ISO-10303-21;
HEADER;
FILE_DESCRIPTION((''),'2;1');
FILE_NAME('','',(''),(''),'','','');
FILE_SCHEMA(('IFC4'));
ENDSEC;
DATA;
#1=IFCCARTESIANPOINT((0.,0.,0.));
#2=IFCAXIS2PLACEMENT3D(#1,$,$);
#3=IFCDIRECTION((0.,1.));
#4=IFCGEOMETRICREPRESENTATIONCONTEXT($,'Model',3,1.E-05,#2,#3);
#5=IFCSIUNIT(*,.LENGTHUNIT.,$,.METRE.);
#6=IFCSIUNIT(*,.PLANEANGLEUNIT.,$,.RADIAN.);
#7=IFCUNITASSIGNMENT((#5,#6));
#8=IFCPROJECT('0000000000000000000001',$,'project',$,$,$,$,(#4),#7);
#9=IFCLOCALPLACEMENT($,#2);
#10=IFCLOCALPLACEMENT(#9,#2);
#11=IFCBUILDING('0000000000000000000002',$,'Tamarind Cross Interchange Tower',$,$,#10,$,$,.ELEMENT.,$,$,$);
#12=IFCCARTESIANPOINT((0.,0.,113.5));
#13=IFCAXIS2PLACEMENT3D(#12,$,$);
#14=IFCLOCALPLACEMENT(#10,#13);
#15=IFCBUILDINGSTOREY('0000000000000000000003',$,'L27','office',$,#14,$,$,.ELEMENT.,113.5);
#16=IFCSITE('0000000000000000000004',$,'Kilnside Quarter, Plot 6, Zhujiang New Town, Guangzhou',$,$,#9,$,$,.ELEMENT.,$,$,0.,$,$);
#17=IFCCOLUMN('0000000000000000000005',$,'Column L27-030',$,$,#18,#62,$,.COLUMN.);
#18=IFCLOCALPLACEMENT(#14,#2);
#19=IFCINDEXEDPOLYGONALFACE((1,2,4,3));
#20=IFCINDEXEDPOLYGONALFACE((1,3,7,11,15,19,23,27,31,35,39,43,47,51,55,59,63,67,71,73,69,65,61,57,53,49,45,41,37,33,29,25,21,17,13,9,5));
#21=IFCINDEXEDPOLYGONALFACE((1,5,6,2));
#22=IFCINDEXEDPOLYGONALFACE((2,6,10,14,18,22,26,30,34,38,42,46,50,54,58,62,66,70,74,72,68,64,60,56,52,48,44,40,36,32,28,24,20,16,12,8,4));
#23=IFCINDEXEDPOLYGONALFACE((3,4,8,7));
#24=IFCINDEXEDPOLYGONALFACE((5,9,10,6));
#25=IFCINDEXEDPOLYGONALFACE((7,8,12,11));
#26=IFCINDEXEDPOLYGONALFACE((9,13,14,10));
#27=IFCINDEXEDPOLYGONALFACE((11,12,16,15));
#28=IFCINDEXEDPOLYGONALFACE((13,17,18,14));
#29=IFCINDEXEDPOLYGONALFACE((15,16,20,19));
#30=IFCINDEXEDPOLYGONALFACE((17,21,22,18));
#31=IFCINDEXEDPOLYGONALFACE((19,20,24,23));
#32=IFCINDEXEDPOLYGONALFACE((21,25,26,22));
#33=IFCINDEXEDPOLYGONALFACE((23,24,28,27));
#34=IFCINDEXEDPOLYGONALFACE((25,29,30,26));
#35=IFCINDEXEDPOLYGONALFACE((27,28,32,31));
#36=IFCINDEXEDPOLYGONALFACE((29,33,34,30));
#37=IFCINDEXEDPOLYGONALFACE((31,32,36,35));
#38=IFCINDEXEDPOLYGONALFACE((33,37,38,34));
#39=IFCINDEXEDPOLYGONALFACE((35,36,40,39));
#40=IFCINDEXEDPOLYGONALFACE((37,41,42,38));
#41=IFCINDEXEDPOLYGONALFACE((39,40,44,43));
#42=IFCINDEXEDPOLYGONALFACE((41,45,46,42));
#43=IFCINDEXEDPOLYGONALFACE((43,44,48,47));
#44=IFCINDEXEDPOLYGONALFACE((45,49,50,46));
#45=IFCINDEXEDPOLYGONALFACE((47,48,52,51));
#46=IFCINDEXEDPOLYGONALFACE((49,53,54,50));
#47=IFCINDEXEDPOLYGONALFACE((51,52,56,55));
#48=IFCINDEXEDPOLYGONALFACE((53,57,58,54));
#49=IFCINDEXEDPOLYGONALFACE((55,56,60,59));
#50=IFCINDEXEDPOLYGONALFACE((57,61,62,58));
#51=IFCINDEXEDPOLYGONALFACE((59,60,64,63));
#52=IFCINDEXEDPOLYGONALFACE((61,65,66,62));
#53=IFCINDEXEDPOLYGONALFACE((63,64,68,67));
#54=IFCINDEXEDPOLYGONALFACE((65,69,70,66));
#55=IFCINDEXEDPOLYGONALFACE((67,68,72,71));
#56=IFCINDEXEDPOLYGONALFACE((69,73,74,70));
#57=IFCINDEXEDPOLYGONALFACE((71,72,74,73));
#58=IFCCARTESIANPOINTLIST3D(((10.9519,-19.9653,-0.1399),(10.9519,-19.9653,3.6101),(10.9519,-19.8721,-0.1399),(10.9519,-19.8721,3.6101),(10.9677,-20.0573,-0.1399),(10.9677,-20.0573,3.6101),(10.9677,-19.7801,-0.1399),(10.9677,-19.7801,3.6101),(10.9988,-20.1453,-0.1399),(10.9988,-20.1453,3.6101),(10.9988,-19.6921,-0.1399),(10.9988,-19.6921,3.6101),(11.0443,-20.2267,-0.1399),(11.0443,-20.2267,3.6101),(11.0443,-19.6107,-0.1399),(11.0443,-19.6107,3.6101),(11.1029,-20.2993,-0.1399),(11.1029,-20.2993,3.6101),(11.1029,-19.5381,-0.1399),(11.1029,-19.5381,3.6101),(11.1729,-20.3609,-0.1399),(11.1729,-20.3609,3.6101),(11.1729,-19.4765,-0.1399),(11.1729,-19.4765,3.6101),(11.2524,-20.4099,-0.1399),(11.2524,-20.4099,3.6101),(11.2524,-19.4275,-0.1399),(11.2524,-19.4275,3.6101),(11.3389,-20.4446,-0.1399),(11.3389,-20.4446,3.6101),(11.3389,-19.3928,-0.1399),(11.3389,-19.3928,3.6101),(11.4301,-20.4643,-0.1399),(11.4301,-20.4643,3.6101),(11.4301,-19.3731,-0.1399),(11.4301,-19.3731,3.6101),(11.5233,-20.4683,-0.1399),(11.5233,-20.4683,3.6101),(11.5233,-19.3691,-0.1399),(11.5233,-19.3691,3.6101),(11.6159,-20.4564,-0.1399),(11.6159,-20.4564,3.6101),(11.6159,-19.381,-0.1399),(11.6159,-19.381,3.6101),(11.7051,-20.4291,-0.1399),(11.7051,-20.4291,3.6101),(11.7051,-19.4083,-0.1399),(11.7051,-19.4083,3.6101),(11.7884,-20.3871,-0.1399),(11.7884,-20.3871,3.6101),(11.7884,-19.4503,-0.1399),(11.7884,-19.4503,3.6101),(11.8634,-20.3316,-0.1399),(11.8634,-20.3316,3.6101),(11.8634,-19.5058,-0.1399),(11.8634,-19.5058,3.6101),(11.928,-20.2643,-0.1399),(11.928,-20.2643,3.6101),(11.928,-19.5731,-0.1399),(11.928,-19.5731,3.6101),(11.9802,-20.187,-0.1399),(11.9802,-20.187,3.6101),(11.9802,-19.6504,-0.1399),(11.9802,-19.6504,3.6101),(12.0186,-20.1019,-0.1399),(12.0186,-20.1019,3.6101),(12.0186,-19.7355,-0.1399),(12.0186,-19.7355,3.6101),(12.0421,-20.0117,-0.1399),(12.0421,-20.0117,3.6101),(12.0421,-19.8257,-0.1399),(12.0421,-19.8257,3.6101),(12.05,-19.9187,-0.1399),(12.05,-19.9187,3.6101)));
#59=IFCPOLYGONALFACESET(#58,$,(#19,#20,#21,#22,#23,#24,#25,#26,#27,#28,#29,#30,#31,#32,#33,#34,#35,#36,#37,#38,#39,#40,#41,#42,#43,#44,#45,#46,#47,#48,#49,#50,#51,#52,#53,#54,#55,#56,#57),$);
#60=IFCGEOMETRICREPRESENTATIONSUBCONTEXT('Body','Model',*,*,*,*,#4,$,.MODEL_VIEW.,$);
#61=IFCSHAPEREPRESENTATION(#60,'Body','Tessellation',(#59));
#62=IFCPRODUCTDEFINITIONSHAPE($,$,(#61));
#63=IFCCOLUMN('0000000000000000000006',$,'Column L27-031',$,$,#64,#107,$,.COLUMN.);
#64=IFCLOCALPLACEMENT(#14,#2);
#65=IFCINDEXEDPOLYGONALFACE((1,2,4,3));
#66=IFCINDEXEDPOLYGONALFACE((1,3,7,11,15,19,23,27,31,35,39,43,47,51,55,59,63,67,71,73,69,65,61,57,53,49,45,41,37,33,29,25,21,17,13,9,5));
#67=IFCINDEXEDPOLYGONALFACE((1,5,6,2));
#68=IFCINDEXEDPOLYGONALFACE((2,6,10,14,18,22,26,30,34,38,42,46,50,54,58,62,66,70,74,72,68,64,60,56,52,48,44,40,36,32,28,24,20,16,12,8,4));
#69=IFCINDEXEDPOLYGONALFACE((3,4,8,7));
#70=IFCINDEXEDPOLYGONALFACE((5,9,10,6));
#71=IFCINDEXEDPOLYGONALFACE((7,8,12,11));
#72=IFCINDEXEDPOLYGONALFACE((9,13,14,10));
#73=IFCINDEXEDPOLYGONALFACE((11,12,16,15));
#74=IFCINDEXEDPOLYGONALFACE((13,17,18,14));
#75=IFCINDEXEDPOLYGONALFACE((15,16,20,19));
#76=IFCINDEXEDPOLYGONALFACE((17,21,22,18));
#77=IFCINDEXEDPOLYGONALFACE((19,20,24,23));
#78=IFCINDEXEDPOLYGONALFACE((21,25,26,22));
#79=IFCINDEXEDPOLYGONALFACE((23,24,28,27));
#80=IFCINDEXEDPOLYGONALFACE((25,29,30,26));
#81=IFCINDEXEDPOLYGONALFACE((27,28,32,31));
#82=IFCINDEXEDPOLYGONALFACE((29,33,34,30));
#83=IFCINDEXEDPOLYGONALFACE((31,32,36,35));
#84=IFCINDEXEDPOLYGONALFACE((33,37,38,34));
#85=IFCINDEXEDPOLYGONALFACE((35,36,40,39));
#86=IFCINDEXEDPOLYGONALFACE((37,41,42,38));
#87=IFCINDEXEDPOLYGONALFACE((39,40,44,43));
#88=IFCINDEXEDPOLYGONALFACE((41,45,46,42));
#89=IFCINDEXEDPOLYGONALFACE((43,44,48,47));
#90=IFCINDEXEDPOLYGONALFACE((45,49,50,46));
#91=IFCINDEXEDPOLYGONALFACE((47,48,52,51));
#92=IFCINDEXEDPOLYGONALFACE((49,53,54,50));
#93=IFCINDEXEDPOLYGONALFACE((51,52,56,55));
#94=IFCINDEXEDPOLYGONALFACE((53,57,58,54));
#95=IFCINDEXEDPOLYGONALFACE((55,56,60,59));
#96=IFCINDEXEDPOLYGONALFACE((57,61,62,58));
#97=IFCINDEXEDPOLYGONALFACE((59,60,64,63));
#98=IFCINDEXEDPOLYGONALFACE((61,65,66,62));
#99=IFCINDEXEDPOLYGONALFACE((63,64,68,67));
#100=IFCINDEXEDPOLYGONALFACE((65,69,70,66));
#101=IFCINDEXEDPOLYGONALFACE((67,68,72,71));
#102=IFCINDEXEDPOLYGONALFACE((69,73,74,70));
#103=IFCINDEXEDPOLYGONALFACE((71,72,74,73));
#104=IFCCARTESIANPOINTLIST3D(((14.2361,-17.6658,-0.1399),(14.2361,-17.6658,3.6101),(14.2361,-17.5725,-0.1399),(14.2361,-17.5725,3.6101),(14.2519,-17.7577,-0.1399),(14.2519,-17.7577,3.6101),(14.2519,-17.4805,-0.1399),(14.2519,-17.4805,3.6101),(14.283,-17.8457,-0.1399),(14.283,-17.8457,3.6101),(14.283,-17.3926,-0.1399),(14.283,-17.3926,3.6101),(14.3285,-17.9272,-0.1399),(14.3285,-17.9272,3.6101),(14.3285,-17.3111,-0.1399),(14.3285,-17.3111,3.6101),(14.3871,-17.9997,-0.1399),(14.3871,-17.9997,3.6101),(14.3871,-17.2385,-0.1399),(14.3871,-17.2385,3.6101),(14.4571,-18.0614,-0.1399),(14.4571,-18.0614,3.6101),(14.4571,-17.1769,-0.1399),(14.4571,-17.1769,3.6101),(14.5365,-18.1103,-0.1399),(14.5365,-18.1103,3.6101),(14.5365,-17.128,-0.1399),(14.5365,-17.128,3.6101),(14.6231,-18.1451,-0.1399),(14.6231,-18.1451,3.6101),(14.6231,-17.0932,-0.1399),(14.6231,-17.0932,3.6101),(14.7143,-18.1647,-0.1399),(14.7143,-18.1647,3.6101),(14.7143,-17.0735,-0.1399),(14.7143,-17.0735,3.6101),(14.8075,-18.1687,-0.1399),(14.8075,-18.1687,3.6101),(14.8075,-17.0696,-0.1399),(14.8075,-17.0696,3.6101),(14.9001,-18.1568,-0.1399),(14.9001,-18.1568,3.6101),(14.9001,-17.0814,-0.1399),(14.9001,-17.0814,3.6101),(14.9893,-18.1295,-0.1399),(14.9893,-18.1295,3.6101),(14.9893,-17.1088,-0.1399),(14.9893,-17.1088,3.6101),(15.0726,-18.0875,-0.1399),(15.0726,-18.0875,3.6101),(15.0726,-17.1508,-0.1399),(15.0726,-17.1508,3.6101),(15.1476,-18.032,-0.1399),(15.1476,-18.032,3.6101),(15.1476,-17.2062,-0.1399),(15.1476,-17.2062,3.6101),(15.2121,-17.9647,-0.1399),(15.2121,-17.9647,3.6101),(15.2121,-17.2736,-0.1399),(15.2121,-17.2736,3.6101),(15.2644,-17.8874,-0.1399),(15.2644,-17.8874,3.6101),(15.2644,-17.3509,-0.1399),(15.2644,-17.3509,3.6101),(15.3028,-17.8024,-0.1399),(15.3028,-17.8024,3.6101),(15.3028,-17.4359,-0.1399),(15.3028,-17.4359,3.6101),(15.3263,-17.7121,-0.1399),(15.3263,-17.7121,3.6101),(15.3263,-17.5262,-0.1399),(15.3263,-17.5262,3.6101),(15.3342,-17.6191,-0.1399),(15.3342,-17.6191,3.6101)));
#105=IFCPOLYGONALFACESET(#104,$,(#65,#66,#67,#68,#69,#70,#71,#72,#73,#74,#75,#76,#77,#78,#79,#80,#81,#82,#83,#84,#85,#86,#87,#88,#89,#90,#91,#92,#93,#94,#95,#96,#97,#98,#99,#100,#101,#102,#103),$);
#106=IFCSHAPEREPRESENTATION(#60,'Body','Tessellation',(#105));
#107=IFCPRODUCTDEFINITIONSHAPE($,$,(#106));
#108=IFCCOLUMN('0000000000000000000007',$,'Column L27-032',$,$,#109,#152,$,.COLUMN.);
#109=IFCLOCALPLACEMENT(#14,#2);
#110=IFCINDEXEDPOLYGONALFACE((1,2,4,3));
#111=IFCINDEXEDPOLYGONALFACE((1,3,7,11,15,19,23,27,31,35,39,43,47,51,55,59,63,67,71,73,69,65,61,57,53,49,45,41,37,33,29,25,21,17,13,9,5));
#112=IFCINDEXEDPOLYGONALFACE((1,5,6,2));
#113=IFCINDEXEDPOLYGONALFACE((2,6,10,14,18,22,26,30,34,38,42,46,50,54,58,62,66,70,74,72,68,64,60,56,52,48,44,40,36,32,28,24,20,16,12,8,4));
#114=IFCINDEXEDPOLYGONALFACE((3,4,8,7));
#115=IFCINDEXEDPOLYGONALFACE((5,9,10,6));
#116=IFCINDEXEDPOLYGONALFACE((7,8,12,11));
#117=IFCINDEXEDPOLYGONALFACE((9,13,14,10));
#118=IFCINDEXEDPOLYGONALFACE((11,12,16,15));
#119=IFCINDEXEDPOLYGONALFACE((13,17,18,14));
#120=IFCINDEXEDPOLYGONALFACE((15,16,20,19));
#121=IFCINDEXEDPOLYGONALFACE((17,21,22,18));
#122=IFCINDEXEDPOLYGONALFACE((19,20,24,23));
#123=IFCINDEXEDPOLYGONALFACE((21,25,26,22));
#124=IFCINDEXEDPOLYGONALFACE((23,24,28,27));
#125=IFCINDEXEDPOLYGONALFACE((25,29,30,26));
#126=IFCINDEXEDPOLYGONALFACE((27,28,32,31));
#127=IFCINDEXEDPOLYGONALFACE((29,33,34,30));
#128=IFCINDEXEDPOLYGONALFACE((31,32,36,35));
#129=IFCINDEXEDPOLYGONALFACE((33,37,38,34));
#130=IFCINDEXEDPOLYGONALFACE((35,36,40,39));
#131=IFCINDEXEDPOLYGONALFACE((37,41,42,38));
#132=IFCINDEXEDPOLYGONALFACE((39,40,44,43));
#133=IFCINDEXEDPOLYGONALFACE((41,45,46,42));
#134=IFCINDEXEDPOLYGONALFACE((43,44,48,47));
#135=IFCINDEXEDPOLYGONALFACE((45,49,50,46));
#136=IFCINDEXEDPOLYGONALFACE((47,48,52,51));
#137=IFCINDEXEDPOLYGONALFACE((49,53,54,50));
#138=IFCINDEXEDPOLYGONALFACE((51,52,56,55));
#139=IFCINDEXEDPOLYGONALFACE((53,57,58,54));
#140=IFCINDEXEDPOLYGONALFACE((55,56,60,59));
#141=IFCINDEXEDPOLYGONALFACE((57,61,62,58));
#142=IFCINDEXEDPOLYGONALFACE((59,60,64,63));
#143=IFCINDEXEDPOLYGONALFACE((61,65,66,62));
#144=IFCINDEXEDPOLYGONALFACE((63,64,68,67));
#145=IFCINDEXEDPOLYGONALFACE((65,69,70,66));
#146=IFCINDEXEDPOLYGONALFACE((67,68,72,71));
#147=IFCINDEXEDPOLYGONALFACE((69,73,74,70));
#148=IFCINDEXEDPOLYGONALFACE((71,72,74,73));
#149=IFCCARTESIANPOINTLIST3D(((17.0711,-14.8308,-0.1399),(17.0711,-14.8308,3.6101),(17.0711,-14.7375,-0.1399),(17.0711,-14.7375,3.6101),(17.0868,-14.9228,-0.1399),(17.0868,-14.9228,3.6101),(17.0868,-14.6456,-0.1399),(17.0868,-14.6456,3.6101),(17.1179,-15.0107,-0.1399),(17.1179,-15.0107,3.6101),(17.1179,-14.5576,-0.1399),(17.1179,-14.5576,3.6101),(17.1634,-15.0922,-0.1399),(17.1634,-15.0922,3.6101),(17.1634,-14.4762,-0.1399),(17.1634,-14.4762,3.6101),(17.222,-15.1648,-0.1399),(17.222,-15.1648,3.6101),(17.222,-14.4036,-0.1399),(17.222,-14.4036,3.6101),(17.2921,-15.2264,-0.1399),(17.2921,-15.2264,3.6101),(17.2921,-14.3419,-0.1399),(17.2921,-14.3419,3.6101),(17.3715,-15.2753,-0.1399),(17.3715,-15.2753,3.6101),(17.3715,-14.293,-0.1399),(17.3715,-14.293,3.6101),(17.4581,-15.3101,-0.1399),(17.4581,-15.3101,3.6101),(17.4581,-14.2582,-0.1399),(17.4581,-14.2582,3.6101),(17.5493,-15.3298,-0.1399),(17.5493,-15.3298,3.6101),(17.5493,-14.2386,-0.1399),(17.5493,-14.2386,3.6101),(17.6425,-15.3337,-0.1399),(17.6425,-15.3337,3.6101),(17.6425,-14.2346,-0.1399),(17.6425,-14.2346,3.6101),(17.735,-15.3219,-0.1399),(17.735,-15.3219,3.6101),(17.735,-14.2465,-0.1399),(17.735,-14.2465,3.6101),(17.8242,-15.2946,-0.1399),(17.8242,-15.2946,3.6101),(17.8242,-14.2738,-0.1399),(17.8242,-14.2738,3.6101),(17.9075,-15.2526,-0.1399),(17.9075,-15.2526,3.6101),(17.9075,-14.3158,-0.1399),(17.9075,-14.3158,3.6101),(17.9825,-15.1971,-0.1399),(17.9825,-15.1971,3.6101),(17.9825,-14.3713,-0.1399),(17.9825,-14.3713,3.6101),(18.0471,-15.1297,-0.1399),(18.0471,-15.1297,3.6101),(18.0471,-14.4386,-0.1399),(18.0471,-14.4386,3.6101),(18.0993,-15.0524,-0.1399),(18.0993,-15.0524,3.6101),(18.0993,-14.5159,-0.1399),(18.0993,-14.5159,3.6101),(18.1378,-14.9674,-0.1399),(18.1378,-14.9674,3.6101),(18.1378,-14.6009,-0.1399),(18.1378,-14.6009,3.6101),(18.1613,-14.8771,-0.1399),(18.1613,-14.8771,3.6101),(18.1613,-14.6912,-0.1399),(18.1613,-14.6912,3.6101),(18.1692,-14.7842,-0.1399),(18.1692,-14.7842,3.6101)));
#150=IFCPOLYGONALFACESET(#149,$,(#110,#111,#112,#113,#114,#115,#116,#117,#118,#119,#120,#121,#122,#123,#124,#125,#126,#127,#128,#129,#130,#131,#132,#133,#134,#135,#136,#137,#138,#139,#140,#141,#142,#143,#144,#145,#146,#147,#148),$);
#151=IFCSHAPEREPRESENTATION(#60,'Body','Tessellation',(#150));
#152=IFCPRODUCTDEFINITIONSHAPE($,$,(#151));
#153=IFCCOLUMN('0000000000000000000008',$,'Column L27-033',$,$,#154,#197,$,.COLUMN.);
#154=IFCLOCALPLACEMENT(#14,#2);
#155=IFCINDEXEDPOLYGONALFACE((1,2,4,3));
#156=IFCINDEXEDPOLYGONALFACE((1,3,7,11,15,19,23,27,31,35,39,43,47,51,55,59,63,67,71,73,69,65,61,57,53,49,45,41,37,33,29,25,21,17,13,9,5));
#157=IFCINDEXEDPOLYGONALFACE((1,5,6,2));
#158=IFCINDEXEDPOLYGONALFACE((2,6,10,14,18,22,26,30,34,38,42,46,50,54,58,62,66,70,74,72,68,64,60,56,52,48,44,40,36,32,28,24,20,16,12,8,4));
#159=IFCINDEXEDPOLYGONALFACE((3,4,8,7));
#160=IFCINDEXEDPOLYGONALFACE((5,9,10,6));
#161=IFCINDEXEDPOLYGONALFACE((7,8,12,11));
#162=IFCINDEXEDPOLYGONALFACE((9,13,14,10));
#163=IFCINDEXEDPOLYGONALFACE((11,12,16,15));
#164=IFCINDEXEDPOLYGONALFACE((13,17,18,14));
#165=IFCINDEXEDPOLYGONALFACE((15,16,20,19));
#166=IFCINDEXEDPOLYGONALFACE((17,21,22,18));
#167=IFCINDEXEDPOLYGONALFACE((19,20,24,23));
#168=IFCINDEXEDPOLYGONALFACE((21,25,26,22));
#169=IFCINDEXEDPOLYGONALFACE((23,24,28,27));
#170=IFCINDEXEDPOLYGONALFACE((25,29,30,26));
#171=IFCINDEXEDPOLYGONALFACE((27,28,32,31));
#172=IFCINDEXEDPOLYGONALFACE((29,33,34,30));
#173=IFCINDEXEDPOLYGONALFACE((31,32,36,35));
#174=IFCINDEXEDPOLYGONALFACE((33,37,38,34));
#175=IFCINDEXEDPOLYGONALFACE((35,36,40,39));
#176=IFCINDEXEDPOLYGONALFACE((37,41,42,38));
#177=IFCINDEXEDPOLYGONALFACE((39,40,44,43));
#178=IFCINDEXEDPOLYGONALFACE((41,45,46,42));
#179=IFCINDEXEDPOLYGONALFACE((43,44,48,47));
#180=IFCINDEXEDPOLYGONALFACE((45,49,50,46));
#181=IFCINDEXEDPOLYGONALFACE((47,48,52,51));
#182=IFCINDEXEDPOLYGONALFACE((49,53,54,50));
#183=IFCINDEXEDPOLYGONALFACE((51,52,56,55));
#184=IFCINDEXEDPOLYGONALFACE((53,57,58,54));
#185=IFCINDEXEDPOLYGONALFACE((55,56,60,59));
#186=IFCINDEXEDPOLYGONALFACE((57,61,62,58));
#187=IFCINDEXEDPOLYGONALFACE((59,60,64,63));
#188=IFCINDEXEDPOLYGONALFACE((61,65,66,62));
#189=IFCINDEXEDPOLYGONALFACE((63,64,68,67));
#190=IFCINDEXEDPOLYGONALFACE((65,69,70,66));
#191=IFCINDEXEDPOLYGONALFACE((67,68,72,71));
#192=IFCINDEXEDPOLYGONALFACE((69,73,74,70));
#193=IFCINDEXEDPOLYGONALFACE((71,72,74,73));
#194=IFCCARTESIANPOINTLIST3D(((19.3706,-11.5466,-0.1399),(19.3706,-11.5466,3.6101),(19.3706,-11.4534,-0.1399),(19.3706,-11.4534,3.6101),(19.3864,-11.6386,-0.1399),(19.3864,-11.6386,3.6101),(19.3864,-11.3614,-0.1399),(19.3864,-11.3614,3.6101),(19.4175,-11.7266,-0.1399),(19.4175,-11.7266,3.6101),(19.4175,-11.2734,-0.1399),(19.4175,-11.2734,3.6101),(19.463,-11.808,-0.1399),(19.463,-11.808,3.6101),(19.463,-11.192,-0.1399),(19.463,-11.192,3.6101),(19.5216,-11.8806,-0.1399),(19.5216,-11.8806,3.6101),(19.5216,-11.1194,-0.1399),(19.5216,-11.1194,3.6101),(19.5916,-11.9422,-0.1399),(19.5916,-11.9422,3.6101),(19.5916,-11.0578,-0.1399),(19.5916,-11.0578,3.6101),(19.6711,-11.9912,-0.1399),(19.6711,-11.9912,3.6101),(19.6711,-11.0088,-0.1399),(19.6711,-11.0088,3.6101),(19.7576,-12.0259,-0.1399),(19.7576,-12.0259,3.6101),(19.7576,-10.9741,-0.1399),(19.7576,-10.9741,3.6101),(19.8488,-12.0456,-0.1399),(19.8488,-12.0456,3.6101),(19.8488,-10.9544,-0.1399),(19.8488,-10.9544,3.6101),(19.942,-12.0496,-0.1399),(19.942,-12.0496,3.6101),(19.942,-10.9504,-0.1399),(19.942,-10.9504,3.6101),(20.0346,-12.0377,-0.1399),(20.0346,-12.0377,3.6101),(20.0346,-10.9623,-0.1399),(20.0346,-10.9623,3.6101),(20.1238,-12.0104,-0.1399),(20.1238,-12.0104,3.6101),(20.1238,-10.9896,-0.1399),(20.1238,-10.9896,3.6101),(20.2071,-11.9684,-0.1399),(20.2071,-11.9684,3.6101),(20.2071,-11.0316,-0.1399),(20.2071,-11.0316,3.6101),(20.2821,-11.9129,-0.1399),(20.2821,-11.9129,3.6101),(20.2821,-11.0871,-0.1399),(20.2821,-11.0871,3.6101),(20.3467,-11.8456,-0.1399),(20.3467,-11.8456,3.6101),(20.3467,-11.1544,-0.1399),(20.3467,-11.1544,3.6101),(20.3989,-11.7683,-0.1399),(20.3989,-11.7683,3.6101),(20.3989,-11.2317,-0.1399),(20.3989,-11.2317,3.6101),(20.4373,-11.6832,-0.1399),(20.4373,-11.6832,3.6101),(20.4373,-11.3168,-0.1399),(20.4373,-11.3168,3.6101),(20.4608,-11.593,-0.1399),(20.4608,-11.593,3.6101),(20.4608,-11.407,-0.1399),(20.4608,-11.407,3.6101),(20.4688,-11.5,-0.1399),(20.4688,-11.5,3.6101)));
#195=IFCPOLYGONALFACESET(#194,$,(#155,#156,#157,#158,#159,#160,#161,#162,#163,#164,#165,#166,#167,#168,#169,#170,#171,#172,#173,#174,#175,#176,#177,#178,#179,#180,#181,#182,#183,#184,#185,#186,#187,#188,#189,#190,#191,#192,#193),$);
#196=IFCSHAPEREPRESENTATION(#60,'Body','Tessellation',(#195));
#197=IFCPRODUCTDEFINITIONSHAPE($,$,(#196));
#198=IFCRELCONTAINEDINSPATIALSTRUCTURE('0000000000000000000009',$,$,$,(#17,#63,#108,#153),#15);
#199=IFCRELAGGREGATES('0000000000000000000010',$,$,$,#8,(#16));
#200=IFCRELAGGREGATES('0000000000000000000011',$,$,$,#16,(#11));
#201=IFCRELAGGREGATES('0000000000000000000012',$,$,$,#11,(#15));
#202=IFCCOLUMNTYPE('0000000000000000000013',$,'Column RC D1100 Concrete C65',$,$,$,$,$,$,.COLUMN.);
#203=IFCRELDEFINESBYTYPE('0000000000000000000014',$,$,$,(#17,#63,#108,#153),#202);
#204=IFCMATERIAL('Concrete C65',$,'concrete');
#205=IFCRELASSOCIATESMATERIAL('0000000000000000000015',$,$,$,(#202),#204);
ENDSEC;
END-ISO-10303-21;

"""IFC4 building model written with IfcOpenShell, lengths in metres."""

from ifc_helpers import new_model, si_unit, direction, frame, origin, origin_2d, place, context, subcontext, project, spatial, circle, extrude, material, material_profile, profile_set, type_object, element, save


model = new_model("IFC4")

# Units and contexts
model_context = context("Model", 3, precision=1e-05, world=origin(), true_north=direction((0.0, 1.0)))
body_context = subcontext(model_context, "Body", "Model", "MODEL_VIEW")
ifc_project = project(units=[si_unit("LENGTHUNIT", "METRE"), si_unit("PLANEANGLEUNIT", "RADIAN")], contexts=[model_context])

# Site, building, storey
site_placement = place(None, origin())
site = spatial("IfcSite", under=ifc_project, at=site_placement, Name="Kilnside Quarter, Plot 6, Zhujiang New Town, Guangzhou", CompositionType="ELEMENT", RefElevation=0.0)
building_placement = place(site_placement, origin())
building = spatial("IfcBuilding", under=site, at=building_placement, Name="Tamarind Cross Interchange Tower", CompositionType="ELEMENT")
storey_placement = place(building_placement, frame((0.0, 0.0, 113.5)))
storey = spatial("IfcBuildingStorey", under=building, at=storey_placement, Name="L27", Description="office", CompositionType="ELEMENT", Elevation=113.5)

# Columns
ifc_material_1 = material(Name="Concrete C65", Category="concrete")
ifc_material_profile_1 = material_profile(ifc_material_1, circle(Radius=0.55, at=origin_2d()), Name="RC D1100")
ifc_profile_set_1 = profile_set([ifc_material_profile_1], Name="Concrete C65")
column_type = type_object("IfcColumnType", Name="Column RC D1100 Concrete C65", PredefinedType="COLUMN", material=ifc_profile_set_1)
for number, where, z_axis, x_axis, name in (
    (1, (11.5, -19.9187, -0.1399), (0.0, 0.0, 1.0), (1.0, 0.0, 0.0), "Column L27-030"),
    (2, (14.7842, -17.6191, -0.1399), (0.0, 0.0, 1.0), (1.0, 0.0, 0.0), "Column L27-031"),
    (3, (17.6191, -14.7842, -0.1399), (0.0, 0.0, 1.0), (1.0, 0.0, 0.0), "Column L27-032"),
    (4, (19.9187, -11.5, -0.1399), (0.0, 0.0, 1.0), (1.0, 0.0, 0.0), "Column L27-033"),
):
    element("IfcColumn", number, at=place(storey_placement, frame(where, z_axis=z_axis, x_axis=x_axis)), inside=storey, type_object=column_type, Name=name, PredefinedType="COLUMN", context=body_context, shape_type="SweptSolid", body=[
        extrude(circle(Radius=0.55, at=origin_2d()), origin(), (0.0, 0.0, 1.0), 3.75),
    ])

save(model, "model.ifc")
